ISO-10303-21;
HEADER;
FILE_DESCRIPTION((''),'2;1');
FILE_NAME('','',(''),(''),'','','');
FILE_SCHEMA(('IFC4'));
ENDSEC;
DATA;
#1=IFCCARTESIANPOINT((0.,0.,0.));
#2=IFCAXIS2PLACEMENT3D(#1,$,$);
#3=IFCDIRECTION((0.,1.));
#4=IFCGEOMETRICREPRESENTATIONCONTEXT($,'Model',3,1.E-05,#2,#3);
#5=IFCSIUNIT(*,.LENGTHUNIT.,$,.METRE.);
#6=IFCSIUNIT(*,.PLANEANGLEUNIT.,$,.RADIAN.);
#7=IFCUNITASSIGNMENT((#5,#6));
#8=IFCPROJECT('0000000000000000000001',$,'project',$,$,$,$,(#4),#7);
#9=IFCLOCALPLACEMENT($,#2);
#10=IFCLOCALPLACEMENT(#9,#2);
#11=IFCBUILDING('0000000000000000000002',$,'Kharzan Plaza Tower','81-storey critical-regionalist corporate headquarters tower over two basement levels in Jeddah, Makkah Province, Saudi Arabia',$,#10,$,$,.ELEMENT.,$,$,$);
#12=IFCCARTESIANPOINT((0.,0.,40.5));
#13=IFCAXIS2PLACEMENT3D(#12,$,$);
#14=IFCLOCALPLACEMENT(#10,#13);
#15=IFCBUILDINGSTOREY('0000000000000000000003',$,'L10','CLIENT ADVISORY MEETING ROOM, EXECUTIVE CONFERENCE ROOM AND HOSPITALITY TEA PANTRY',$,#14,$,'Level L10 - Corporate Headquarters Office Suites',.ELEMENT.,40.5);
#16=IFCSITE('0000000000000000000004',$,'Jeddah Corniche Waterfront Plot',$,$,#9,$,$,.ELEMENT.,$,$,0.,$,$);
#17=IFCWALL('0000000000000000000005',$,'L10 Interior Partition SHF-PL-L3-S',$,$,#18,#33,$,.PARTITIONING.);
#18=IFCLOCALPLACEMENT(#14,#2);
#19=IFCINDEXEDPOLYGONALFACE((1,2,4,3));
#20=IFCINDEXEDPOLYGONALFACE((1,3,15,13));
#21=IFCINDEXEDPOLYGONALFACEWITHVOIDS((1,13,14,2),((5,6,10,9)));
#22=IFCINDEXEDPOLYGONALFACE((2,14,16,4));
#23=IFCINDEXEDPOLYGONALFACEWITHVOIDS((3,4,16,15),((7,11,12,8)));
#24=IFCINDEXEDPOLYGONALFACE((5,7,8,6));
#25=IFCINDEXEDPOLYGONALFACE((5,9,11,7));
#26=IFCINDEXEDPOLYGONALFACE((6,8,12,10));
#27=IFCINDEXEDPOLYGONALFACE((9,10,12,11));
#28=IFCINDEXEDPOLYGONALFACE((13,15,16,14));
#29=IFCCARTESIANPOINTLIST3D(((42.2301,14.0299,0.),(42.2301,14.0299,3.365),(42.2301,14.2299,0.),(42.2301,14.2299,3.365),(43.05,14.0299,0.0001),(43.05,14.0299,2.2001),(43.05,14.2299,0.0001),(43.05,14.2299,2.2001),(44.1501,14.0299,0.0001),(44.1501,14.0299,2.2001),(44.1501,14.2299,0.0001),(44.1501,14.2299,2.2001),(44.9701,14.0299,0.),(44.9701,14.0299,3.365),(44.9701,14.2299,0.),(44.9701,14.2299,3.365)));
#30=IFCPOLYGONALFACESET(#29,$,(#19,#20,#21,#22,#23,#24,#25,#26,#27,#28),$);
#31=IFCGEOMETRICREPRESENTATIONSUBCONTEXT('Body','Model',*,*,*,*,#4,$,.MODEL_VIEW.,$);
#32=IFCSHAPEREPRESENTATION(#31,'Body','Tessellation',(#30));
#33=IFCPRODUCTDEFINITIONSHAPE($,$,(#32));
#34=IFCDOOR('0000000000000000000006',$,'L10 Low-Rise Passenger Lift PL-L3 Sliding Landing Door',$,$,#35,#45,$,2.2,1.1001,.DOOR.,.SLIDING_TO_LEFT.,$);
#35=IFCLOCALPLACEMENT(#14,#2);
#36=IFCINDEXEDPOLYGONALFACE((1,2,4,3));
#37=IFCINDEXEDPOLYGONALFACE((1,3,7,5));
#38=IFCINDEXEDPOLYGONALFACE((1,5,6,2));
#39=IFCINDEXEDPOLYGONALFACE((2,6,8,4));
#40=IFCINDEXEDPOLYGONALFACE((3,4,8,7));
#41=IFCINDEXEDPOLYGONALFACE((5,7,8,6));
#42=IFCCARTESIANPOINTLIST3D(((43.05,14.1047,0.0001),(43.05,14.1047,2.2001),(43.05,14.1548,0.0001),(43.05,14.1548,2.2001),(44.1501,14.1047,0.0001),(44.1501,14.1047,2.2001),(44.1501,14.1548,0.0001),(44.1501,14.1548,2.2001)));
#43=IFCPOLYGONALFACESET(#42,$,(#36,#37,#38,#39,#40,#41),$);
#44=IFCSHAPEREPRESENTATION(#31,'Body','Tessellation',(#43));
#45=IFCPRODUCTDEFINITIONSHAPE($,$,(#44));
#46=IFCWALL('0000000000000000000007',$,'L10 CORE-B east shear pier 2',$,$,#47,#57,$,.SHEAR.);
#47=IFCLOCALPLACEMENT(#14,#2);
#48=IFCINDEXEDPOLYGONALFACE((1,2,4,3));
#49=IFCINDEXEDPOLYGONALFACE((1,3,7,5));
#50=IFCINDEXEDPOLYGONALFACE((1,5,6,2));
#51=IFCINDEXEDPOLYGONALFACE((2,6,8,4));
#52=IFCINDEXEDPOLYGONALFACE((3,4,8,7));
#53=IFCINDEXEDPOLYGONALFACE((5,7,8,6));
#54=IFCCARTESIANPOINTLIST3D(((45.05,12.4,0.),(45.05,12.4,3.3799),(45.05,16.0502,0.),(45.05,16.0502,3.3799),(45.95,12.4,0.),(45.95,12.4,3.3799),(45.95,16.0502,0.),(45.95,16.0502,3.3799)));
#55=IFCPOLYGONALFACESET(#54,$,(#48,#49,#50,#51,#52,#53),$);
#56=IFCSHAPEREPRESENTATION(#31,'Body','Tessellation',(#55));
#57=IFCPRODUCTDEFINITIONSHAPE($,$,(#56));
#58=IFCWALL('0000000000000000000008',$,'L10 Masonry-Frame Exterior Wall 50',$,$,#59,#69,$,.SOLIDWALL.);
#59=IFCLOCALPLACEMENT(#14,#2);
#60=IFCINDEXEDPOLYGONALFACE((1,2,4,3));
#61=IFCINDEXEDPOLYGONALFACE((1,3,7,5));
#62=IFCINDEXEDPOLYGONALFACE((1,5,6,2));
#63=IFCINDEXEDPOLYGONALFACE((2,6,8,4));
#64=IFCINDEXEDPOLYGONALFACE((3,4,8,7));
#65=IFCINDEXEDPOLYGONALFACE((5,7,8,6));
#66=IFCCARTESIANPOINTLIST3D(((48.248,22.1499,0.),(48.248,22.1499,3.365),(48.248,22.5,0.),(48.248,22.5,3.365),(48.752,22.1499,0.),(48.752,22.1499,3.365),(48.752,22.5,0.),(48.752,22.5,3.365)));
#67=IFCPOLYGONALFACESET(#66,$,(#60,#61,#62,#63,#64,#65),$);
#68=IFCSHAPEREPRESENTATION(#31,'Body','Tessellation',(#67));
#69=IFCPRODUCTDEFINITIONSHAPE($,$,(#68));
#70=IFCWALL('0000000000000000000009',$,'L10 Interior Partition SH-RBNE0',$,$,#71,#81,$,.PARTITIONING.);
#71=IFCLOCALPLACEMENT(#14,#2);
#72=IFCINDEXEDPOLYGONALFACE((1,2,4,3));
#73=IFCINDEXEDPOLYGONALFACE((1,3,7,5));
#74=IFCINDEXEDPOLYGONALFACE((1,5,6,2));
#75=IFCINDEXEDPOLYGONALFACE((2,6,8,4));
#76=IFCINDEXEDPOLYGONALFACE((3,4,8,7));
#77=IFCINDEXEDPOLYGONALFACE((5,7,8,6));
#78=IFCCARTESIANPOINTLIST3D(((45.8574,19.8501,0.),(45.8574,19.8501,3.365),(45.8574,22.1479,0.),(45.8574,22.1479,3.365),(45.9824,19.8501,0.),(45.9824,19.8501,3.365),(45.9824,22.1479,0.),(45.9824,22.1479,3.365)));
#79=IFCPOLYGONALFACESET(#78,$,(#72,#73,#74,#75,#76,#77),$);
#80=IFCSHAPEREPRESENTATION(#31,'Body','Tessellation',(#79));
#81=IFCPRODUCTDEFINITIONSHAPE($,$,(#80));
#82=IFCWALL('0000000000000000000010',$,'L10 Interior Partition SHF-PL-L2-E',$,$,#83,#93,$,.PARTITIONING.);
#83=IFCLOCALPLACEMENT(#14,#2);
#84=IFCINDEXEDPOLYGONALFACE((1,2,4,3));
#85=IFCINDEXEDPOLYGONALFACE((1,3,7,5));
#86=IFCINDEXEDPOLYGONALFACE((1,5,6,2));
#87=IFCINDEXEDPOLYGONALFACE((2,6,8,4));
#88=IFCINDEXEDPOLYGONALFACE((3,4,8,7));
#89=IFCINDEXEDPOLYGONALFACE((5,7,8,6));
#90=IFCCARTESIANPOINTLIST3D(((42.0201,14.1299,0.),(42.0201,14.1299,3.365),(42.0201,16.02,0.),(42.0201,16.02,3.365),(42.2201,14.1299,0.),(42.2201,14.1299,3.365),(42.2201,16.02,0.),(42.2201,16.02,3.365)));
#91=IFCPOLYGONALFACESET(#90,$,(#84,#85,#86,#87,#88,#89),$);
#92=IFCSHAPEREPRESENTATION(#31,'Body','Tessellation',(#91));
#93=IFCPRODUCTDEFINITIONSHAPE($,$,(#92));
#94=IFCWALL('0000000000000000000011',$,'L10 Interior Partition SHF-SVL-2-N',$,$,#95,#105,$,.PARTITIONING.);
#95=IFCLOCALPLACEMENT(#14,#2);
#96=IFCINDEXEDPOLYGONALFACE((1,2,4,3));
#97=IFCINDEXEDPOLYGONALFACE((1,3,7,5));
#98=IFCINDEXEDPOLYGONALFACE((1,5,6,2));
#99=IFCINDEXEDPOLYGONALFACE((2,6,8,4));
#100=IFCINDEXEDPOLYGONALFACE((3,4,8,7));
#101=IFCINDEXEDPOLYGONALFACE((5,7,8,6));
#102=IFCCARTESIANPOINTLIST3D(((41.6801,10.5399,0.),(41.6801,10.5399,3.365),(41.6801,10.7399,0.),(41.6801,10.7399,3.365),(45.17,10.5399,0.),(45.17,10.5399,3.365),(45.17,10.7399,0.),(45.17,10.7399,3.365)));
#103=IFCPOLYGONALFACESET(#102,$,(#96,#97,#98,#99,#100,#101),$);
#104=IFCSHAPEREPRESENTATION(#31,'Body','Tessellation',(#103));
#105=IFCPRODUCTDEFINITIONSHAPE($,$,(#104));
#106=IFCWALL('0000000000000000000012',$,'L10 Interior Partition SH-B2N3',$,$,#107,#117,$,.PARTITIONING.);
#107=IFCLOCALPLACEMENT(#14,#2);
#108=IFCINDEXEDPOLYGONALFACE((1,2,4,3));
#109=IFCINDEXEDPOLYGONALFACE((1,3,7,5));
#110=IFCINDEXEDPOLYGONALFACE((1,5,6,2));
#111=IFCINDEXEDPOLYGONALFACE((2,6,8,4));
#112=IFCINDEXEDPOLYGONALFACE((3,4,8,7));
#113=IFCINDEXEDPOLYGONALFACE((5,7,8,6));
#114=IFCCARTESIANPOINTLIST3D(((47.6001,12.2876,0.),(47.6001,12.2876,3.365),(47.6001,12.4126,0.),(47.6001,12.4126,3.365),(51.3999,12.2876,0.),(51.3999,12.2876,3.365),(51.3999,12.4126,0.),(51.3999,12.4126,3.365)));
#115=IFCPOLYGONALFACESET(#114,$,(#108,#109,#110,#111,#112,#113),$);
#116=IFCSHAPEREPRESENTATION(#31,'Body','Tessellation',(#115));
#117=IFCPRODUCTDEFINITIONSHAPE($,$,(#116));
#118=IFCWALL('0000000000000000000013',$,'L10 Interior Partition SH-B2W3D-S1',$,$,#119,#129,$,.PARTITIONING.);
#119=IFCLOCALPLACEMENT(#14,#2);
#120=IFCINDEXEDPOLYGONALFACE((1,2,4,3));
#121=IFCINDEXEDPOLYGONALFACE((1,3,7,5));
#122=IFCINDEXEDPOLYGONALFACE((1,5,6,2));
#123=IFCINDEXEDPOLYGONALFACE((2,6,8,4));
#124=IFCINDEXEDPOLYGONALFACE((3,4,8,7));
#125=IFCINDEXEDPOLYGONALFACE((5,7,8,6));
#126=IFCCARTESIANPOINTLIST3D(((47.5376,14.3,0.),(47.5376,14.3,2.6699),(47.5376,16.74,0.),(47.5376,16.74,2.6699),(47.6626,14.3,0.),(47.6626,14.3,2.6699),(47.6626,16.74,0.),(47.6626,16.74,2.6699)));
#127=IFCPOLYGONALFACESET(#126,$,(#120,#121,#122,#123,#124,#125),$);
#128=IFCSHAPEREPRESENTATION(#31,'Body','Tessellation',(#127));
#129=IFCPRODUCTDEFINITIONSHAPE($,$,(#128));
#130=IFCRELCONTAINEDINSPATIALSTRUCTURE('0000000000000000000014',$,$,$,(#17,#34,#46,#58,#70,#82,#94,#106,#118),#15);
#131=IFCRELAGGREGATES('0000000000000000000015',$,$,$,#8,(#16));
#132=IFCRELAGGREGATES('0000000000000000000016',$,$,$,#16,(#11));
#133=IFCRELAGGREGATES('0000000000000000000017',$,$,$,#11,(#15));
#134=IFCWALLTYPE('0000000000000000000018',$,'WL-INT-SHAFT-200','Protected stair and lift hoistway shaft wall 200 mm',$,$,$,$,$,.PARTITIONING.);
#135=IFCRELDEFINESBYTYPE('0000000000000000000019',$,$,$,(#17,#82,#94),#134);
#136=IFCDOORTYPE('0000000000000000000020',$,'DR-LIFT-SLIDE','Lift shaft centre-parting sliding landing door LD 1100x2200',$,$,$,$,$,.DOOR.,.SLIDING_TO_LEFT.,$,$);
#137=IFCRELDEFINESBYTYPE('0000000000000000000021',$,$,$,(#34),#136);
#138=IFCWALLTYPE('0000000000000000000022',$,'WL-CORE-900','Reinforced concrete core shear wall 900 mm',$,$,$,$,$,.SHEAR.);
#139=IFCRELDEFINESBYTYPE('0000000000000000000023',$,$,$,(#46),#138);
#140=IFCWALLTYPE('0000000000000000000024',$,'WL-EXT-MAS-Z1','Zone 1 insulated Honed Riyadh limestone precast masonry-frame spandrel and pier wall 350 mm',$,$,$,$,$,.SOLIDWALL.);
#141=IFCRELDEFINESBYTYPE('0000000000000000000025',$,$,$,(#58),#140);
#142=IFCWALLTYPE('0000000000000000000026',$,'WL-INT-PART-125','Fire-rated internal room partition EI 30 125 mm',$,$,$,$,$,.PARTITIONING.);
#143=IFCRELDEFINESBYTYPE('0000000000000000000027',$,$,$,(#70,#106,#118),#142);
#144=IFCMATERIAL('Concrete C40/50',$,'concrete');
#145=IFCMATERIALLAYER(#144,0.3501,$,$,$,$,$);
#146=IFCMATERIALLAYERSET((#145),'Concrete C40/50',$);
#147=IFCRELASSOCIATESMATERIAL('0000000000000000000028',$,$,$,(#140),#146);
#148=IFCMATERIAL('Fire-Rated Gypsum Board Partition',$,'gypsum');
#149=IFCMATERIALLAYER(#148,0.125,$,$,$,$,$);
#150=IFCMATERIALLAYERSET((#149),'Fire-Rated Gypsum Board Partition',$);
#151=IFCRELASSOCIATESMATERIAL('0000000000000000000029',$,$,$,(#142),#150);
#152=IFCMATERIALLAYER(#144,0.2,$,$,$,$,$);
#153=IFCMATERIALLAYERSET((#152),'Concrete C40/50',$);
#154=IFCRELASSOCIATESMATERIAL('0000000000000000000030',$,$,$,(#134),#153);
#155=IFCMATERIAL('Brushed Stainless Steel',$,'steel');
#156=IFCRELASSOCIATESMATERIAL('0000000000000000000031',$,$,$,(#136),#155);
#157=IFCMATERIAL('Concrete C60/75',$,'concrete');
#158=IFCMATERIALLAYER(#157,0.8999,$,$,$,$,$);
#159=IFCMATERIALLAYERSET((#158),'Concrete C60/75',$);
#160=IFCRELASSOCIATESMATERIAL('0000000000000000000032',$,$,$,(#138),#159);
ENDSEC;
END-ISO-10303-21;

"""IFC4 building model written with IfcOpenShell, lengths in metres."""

from ifc_helpers import new_model, si_unit, direction, frame, frame_2d, origin, place, context, subcontext, project, spatial, rectangle, extrude, source, transform, mapped, material, layer, layer_set, type_object, element, fill, save


model = new_model("IFC4")

# Units and contexts
model_context = context("Model", 3, precision=1e-05, world=origin(), true_north=direction((0.0, 1.0)))
body_context = subcontext(model_context, "Body", "Model", "MODEL_VIEW")
ifc_project = project(units=[si_unit("LENGTHUNIT", "METRE"), si_unit("PLANEANGLEUNIT", "RADIAN")], contexts=[model_context])

# Site, building, storey
site_placement = place(None, origin())
site = spatial("IfcSite", under=ifc_project, at=site_placement, Name="Jeddah Corniche Waterfront Plot", CompositionType="ELEMENT", RefElevation=0.0)
building_placement = place(site_placement, origin())
building = spatial("IfcBuilding", under=site, at=building_placement, Name="Kharzan Plaza Tower", Description="81-storey critical-regionalist corporate headquarters tower over two basement levels in Jeddah, Makkah Province, Saudi Arabia", CompositionType="ELEMENT")
storey_placement = place(building_placement, frame((0.0, 0.0, 40.5)))
storey = spatial("IfcBuildingStorey", under=building, at=storey_placement, Name="L10", Description="CLIENT ADVISORY MEETING ROOM, EXECUTIVE CONFERENCE ROOM AND HOSPITALITY TEA PANTRY", LongName="Level L10 - Corporate Headquarters Office Suites", CompositionType="ELEMENT", Elevation=40.5)

# Shared definitions
ifc_material_1 = material(Name="Concrete C60/75", Category="concrete")

# Shared definitions
ifc_material_2 = material(Name="Concrete C40/50", Category="concrete")
ifc_layer_1 = layer(ifc_material_2, 0.3501)
ifc_layer_set_1 = layer_set([ifc_layer_1], Name="Concrete C40/50")
wall_type_1 = type_object("IfcWallType", Name="WL-EXT-MAS-Z1", Description="Zone 1 insulated Honed Riyadh limestone precast masonry-frame spandrel and pier wall 350 mm", PredefinedType="SOLIDWALL", material=ifc_layer_set_1)

# Wall, opening, door
ifc_material_3 = material(Name="Fire-Rated Gypsum Board Partition", Category="gypsum")
ifc_layer_2 = layer(ifc_material_3, 0.125)
ifc_layer_set_2 = layer_set([ifc_layer_2], Name="Fire-Rated Gypsum Board Partition")
wall_type_2 = type_object("IfcWallType", Name="WL-INT-PART-125", Description="Fire-rated internal room partition EI 30 125 mm", PredefinedType="PARTITIONING", material=ifc_layer_set_2)
ifc_layer_3 = layer(ifc_material_2, 0.2)
ifc_layer_set_3 = layer_set([ifc_layer_3], Name="Concrete C40/50")
wall_type_3 = type_object("IfcWallType", Name="WL-INT-SHAFT-200", Description="Protected stair and lift hoistway shaft wall 200 mm", PredefinedType="PARTITIONING", material=ifc_layer_set_3)
wall_1_placement = place(storey_placement, frame((42.23, 14.1299, 0.0), z_axis=(0.0, 0.0, 1.0), x_axis=(1.0, 0.0, 0.0)))
wall_1 = element("IfcWall", 1, at=wall_1_placement, inside=storey, type_object=wall_type_3, Name="L10 Interior Partition SHF-PL-L3-S", PredefinedType="PARTITIONING", context=body_context, shape_type="SweptSolid", body=[
    extrude(rectangle(XDim=2.74, YDim=0.2, at=frame_2d((1.3701, 0.0))), origin(), (0.0, 0.0, 1.0), 3.365),
])
opening_1_placement = place(wall_1_placement, frame((0.8201, 0.0, 0.0)))
opening_1 = element("IfcOpeningElement", 2, at=opening_1_placement, cuts=wall_1, PredefinedType="OPENING", context=body_context, shape_type="SweptSolid", body=[
    extrude(rectangle(XDim=1.1001, YDim=2.2, at=frame_2d((0.55, 1.1001))), frame((0.0, 0.1099, 0.0), z_axis=(0.0, -1.0, 0.0), x_axis=(1.0, 0.0, 0.0)), (0.0, 0.0, 1.0), 0.22),
])
ifc_material_4 = material(Name="Brushed Stainless Steel", Category="steel")
door_type_1 = type_object("IfcDoorType", Name="DR-LIFT-SLIDE", Description="Lift shaft centre-parting sliding landing door LD 1100x2200", OperationType="SLIDING_TO_LEFT", PredefinedType="DOOR", material=ifc_material_4)
shared_shape_1 = source(origin(), body_context, "Body", "SweptSolid", [
    extrude(rectangle(XDim=1.1001, YDim=2.2, at=frame_2d((0.55, 1.1001))), frame((0.0, 0.0249, 0.0), z_axis=(0.0, -1.0, 0.0), x_axis=(1.0, 0.0, 0.0)), (0.0, 0.0, 1.0), 0.05),
])
door_1_placement = place(opening_1_placement, origin())
door_1 = element("IfcDoor", 3, at=door_1_placement, inside=storey, type_object=door_type_1, Name="L10 Low-Rise Passenger Lift PL-L3 Sliding Landing Door", OperationType="SLIDING_TO_LEFT", OverallHeight=2.2, OverallWidth=1.1001, PredefinedType="DOOR", context=body_context, shape_type="MappedRepresentation", body=[
    mapped(shared_shape_1, transform((0.0, 0.0, 0.0), x_axis=(1.0, 0.0, 0.0), y_axis=(0.0, 1.0, 0.0), z_axis=(0.0, 0.0, 1.0))),
])
fill(opening_1, door_1)

# Walls
ifc_layer_4 = layer(ifc_material_1, 0.8999)
ifc_layer_set_4 = layer_set([ifc_layer_4], Name="Concrete C60/75")
wall_type_4 = type_object("IfcWallType", Name="WL-CORE-900", Description="Reinforced concrete core shear wall 900 mm", PredefinedType="SHEAR", material=ifc_layer_set_4)
shared_shape_2 = source(origin(), body_context, "Body", "SweptSolid", [
    extrude(rectangle(XDim=3.6501, YDim=0.8999, at=frame_2d((1.8252, 0.0))), origin(), (0.0, 0.0, 1.0), 3.3799),
])
wall_2_placement = place(storey_placement, frame((45.5, 12.3999, 0.0), z_axis=(0.0, 0.0, 1.0), x_axis=(0.0, 1.0, 0.0)))
element("IfcWall", 4, at=wall_2_placement, inside=storey, type_object=wall_type_4, Name="L10 CORE-B east shear pier 2", PredefinedType="SHEAR", context=body_context, shape_type="MappedRepresentation", body=[
    mapped(shared_shape_2, transform((0.0, 0.0, 0.0), x_axis=(1.0, 0.0, 0.0), y_axis=(0.0, 1.0, 0.0), z_axis=(0.0, 0.0, 1.0))),
])
shared_shape_3 = source(origin(), body_context, "Body", "SweptSolid", [
    extrude(rectangle(XDim=0.5039, YDim=0.3501, at=frame_2d((0.252, 0.0))), origin(), (0.0, 0.0, 1.0), 3.365),
])
wall_3_placement = place(storey_placement, frame((48.752, 22.325, 0.0), z_axis=(0.0, 0.0, 1.0), x_axis=(-1.0, 0.0, 0.0)))
element("IfcWall", 5, at=wall_3_placement, inside=storey, type_object=wall_type_1, Name="L10 Masonry-Frame Exterior Wall 50", PredefinedType="SOLIDWALL", context=body_context, shape_type="MappedRepresentation", body=[
    mapped(shared_shape_3, transform((0.0, 0.0, 0.0), x_axis=(1.0, 0.0, 0.0), y_axis=(0.0, 1.0, 0.0), z_axis=(0.0, 0.0, 1.0))),
])
shared_shape_4 = source(origin(), body_context, "Body", "SweptSolid", [
    extrude(rectangle(XDim=2.2979, YDim=0.125, at=frame_2d((1.1489, 0.0))), origin(), (0.0, 0.0, 1.0), 3.365),
])
wall_4_placement = place(storey_placement, frame((45.9199, 19.8501, 0.0), z_axis=(0.0, 0.0, 1.0), x_axis=(0.0, 1.0, 0.0)))
element("IfcWall", 6, at=wall_4_placement, inside=storey, type_object=wall_type_2, Name="L10 Interior Partition SH-RBNE0", PredefinedType="PARTITIONING", context=body_context, shape_type="MappedRepresentation", body=[
    mapped(shared_shape_4, transform((0.0, 0.0, 0.0), x_axis=(1.0, 0.0, 0.0), y_axis=(0.0, 1.0, 0.0), z_axis=(0.0, 0.0, 1.0))),
])
shared_shape_5 = source(origin(), body_context, "Body", "SweptSolid", [
    extrude(rectangle(XDim=1.8901, YDim=0.2, at=frame_2d((0.9451, 0.0))), origin(), (0.0, 0.0, 1.0), 3.365),
])
wall_5_placement = place(storey_placement, frame((42.1201, 14.1299, 0.0), z_axis=(0.0, 0.0, 1.0), x_axis=(0.0, 1.0, 0.0)))
element("IfcWall", 7, at=wall_5_placement, inside=storey, type_object=wall_type_3, Name="L10 Interior Partition SHF-PL-L2-E", PredefinedType="PARTITIONING", context=body_context, shape_type="MappedRepresentation", body=[
    mapped(shared_shape_5, transform((0.0, 0.0, 0.0), x_axis=(1.0, 0.0, 0.0), y_axis=(0.0, 1.0, 0.0), z_axis=(0.0, 0.0, 1.0))),
])
shared_shape_6 = source(origin(), body_context, "Body", "SweptSolid", [
    extrude(rectangle(XDim=3.49, YDim=0.2, at=frame_2d((1.7451, 0.0))), origin(), (0.0, 0.0, 1.0), 3.365),
])
wall_6_placement = place(storey_placement, frame((41.6799, 10.6399, 0.0), z_axis=(0.0, 0.0, 1.0), x_axis=(1.0, 0.0, 0.0)))
element("IfcWall", 8, at=wall_6_placement, inside=storey, type_object=wall_type_3, Name="L10 Interior Partition SHF-SVL-2-N", PredefinedType="PARTITIONING", context=body_context, shape_type="MappedRepresentation", body=[
    mapped(shared_shape_6, transform((0.0, 0.0, 0.0), x_axis=(1.0, 0.0, 0.0), y_axis=(0.0, 1.0, 0.0), z_axis=(0.0, 0.0, 1.0))),
])
shared_shape_7 = source(origin(), body_context, "Body", "SweptSolid", [
    extrude(rectangle(XDim=3.7998, YDim=0.125, at=frame_2d((1.8999, 0.0))), origin(), (0.0, 0.0, 1.0), 3.365),
])
wall_7_placement = place(storey_placement, frame((47.6001, 12.3501, 0.0), z_axis=(0.0, 0.0, 1.0), x_axis=(1.0, 0.0, 0.0)))
element("IfcWall", 9, at=wall_7_placement, inside=storey, type_object=wall_type_2, Name="L10 Interior Partition SH-B2N3", PredefinedType="PARTITIONING", context=body_context, shape_type="MappedRepresentation", body=[
    mapped(shared_shape_7, transform((0.0, 0.0, 0.0), x_axis=(1.0, 0.0, 0.0), y_axis=(0.0, 1.0, 0.0), z_axis=(0.0, 0.0, 1.0))),
])
shared_shape_8 = source(origin(), body_context, "Body", "SweptSolid", [
    extrude(rectangle(XDim=2.4399, YDim=0.125, at=frame_2d((1.22, 0.0))), origin(), (0.0, 0.0, 1.0), 2.6699),
])
wall_8_placement = place(storey_placement, frame((47.6001, 14.3, 0.0), z_axis=(0.0, 0.0, 1.0), x_axis=(0.0, 1.0, 0.0)))
element("IfcWall", 10, at=wall_8_placement, inside=storey, type_object=wall_type_2, Name="L10 Interior Partition SH-B2W3D-S1", PredefinedType="PARTITIONING", context=body_context, shape_type="MappedRepresentation", body=[
    mapped(shared_shape_8, transform((0.0, 0.0, 0.0), x_axis=(1.0, 0.0, 0.0), y_axis=(0.0, 1.0, 0.0), z_axis=(0.0, 0.0, 1.0))),
])

save(model, "model.ifc")
